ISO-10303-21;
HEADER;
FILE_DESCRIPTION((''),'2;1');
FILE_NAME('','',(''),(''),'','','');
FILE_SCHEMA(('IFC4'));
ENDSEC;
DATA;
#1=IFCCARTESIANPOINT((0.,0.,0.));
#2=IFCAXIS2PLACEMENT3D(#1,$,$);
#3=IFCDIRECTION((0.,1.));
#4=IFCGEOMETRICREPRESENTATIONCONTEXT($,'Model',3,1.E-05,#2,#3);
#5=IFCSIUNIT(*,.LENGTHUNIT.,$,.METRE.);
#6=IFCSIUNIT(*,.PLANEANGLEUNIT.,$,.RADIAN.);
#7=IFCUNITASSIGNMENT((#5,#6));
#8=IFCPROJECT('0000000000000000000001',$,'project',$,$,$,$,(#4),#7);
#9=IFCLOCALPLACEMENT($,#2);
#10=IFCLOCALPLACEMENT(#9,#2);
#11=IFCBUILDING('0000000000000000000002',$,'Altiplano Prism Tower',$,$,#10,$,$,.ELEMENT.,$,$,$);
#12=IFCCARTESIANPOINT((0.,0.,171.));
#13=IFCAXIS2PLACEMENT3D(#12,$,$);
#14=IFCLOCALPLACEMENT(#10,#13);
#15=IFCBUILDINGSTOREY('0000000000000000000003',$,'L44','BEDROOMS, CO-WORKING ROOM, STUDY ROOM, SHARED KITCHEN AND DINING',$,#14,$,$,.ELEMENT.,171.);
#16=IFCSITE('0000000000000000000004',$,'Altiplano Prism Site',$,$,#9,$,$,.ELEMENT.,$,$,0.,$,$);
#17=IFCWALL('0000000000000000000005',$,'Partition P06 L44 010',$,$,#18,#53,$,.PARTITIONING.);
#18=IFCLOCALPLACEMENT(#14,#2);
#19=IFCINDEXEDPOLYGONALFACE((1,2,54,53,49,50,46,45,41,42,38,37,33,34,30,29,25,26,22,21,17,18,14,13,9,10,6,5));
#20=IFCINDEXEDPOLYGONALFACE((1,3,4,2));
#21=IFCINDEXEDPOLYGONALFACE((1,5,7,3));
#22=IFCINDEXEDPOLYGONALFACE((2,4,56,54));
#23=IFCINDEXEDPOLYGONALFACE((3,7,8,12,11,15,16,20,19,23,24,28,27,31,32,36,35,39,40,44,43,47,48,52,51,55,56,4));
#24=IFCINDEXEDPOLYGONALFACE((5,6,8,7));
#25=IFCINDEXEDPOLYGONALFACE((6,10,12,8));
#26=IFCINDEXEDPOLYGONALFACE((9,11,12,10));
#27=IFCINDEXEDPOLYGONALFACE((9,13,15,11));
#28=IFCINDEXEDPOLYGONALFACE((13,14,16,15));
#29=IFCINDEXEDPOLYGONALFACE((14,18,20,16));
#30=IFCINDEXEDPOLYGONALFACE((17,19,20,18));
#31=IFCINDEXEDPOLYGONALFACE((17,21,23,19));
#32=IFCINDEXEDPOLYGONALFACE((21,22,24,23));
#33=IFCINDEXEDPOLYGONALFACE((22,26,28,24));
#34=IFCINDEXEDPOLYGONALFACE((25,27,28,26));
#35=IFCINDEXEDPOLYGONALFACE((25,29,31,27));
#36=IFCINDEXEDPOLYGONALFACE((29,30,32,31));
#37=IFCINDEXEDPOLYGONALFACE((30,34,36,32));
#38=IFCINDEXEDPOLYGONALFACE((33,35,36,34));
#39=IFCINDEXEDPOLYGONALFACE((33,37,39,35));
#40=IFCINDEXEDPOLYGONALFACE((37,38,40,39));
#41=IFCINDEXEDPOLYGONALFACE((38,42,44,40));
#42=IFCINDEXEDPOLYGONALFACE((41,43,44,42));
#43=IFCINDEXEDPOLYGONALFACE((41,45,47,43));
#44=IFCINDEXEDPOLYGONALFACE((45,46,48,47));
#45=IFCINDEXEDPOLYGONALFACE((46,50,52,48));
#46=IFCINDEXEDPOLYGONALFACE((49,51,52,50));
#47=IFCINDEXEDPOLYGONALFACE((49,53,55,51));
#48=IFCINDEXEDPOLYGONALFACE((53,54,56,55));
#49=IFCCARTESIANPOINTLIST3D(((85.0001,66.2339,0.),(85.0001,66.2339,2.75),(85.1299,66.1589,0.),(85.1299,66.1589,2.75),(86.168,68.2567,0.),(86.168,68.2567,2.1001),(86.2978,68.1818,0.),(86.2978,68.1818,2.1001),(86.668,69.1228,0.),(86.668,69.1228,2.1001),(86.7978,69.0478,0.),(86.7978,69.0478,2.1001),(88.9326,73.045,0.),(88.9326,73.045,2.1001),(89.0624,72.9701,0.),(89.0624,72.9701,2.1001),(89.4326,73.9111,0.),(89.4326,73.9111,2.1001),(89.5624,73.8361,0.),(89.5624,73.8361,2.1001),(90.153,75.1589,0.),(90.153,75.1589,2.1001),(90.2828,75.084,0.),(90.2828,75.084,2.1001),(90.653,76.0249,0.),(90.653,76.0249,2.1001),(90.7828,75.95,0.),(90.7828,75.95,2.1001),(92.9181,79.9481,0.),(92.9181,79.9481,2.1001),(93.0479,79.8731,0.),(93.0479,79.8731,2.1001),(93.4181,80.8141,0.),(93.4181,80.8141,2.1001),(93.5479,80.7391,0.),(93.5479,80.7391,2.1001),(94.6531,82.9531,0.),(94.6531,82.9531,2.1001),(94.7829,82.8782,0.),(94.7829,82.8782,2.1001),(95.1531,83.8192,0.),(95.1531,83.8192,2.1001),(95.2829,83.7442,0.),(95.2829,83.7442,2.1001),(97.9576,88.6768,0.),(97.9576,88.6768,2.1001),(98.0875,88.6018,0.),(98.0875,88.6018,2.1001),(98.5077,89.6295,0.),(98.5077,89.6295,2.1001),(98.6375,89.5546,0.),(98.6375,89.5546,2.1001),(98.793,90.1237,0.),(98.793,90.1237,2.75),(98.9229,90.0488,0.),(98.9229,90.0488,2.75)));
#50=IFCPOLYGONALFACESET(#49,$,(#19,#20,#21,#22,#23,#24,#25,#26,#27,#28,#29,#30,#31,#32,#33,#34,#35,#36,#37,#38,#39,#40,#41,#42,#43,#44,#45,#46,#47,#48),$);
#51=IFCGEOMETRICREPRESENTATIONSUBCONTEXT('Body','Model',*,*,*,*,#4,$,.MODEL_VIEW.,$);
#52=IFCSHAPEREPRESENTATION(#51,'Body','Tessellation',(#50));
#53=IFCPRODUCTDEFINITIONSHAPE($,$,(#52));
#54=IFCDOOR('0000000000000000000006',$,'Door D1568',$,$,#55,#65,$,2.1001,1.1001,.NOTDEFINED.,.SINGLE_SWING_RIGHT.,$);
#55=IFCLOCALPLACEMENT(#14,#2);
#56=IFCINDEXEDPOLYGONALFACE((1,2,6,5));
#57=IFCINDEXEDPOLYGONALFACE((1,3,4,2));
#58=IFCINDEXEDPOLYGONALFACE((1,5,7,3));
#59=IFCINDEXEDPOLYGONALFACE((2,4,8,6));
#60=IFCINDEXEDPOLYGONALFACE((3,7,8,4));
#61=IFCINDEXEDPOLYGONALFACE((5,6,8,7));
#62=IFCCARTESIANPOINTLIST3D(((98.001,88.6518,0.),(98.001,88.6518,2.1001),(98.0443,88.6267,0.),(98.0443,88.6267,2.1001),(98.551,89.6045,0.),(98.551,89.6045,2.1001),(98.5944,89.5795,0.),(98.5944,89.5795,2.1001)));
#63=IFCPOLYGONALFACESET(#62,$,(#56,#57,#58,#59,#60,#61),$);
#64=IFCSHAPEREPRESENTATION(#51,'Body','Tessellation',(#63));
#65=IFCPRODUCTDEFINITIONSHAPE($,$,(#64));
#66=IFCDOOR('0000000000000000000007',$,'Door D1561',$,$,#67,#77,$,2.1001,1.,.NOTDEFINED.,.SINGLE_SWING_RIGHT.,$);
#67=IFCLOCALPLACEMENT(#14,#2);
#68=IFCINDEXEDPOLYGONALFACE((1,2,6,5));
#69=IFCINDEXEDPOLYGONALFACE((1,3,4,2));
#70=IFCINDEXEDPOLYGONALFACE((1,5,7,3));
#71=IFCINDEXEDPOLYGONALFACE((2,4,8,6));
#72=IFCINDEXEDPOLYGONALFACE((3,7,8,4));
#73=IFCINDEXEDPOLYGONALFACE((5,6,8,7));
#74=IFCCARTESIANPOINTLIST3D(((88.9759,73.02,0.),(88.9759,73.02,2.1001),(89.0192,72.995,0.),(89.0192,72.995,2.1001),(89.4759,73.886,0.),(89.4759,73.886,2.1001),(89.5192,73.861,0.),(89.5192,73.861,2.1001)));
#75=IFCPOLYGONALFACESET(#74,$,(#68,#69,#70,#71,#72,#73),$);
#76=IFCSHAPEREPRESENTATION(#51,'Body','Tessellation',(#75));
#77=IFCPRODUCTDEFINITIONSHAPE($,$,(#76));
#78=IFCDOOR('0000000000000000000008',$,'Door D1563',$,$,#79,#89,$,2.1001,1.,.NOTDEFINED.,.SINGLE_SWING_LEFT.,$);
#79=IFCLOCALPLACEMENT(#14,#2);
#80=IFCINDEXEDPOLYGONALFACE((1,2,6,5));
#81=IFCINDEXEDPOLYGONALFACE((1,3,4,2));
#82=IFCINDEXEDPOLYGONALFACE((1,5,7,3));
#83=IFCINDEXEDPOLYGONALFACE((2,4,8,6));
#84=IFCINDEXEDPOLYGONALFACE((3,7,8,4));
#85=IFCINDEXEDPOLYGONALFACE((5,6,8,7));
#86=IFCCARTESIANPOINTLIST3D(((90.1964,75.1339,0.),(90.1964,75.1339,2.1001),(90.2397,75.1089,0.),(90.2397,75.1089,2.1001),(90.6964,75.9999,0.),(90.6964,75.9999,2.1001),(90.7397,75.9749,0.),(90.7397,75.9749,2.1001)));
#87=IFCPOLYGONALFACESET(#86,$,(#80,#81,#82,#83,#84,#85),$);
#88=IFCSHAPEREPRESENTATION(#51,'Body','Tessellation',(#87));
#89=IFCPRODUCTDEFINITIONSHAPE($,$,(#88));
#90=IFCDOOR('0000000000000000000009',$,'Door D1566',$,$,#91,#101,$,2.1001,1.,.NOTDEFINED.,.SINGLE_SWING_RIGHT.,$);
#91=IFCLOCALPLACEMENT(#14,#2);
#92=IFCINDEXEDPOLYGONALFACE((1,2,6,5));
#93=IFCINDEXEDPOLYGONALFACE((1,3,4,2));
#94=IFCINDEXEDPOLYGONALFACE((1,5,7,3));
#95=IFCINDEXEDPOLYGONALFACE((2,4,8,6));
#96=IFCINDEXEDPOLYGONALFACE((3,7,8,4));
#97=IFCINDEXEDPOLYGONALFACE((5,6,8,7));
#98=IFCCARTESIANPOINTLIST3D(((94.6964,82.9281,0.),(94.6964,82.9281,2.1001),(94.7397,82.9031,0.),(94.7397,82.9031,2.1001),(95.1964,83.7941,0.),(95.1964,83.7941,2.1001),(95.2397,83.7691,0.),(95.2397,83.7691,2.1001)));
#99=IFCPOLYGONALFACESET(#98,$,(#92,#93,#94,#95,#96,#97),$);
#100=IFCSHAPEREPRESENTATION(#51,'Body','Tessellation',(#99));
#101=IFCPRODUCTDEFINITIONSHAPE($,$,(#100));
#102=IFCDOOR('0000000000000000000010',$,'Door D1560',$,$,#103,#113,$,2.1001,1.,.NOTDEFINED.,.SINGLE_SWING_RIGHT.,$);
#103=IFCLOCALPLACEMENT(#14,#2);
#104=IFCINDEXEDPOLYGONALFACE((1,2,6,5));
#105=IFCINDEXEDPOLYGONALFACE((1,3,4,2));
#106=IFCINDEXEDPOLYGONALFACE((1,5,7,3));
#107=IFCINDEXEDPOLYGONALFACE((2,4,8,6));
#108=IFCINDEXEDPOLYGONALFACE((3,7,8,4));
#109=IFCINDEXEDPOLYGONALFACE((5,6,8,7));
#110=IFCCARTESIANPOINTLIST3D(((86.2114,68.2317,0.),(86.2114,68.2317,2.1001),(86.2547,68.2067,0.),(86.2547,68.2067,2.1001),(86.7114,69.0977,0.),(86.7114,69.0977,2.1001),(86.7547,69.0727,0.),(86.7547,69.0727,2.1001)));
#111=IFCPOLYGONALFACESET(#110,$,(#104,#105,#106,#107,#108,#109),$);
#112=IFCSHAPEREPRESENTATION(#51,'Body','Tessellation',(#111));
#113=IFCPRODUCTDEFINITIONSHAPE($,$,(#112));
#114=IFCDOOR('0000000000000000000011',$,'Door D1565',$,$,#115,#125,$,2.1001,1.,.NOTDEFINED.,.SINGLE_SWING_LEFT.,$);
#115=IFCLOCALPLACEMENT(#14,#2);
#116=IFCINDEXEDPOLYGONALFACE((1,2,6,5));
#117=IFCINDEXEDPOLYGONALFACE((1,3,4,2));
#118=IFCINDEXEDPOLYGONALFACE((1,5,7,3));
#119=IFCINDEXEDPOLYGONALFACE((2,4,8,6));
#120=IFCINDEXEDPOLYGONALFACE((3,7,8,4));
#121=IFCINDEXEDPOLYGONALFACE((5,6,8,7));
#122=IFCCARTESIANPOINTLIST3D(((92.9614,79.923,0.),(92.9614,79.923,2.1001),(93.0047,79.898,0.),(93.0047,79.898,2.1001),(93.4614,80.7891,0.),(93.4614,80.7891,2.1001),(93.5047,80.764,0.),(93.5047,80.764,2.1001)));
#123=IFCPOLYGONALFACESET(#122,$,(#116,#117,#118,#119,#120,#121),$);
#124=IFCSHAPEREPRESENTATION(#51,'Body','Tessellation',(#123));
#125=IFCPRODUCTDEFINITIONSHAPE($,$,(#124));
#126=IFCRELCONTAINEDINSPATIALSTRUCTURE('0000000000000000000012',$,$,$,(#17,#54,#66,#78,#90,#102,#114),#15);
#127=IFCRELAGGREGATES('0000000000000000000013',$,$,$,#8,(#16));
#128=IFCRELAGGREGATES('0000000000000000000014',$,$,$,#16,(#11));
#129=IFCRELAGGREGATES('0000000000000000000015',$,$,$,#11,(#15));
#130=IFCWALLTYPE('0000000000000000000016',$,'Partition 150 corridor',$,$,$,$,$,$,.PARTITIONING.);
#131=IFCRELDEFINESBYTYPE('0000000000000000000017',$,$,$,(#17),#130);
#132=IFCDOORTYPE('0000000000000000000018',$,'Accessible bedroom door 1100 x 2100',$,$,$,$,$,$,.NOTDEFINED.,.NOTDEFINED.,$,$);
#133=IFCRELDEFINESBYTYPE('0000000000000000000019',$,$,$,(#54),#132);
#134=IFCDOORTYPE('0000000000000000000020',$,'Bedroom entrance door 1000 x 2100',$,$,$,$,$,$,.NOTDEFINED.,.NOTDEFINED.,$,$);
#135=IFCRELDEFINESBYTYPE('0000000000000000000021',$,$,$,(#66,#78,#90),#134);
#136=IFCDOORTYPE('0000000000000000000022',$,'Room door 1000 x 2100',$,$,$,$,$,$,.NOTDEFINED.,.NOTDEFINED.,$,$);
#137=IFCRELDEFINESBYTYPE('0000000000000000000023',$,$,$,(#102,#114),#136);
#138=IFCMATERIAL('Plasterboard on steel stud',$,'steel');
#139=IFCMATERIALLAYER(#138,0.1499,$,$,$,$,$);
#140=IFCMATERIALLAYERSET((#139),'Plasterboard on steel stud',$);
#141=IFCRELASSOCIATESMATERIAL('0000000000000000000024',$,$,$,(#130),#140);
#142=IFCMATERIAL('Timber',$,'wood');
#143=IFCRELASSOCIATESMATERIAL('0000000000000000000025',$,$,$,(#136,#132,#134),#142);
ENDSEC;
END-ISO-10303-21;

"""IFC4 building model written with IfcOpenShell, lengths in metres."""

from ifc_helpers import new_model, si_unit, direction, frame, frame_2d, origin, place, context, subcontext, project, spatial, rectangle, extrude, material, layer, layer_set, type_object, element, fill, save


model = new_model("IFC4")

# Units and contexts
model_context = context("Model", 3, precision=1e-05, world=origin(), true_north=direction((0.0, 1.0)))
body_context = subcontext(model_context, "Body", "Model", "MODEL_VIEW")
ifc_project = project(units=[si_unit("LENGTHUNIT", "METRE"), si_unit("PLANEANGLEUNIT", "RADIAN")], contexts=[model_context])

# Site, building, storey
site_placement = place(None, origin())
site = spatial("IfcSite", under=ifc_project, at=site_placement, Name="Altiplano Prism Site", CompositionType="ELEMENT", RefElevation=0.0)
building_placement = place(site_placement, origin())
building = spatial("IfcBuilding", under=site, at=building_placement, Name="Altiplano Prism Tower", CompositionType="ELEMENT")
storey_placement = place(building_placement, frame((0.0, 0.0, 171.0)))
storey = spatial("IfcBuildingStorey", under=building, at=storey_placement, Name="L44", Description="BEDROOMS, CO-WORKING ROOM, STUDY ROOM, SHARED KITCHEN AND DINING", CompositionType="ELEMENT", Elevation=171.0)

# Shared definitions
ifc_material_1 = material(Name="Plasterboard on steel stud", Category="steel")

# Wall, openings, doors
ifc_layer_1 = layer(ifc_material_1, 0.1499)
ifc_layer_set_1 = layer_set([ifc_layer_1], Name="Plasterboard on steel stud")
wall_type_1 = type_object("IfcWallType", Name="Partition 150 corridor", PredefinedType="PARTITIONING", material=ifc_layer_set_1)
ifc_material_2 = material(Name="Timber", Category="wood")
door_type_1 = type_object("IfcDoorType", Name="Room door 1000 x 2100", OperationType="NOTDEFINED", PredefinedType="NOTDEFINED", material=ifc_material_2)
wall_1_placement = place(storey_placement, frame((85.0649, 66.1963, 0.0), z_axis=(0.0, 0.0, 1.0), x_axis=(0.500004, 0.866023, 0.0)))
wall_1 = element("IfcWall", 1, at=wall_1_placement, inside=storey, type_object=wall_type_1, Name="Partition P06 L44 010", PredefinedType="PARTITIONING", context=body_context, shape_type="SweptSolid", body=[
    extrude(rectangle(XDim=27.5857, YDim=0.1499, at=frame_2d((13.793, 0.0))), origin(), (0.0, 0.0, 1.0), 2.75),
])
opening_1_placement = place(wall_1_placement, frame((2.3359, 0.0, 0.0)))
opening_1 = element("IfcOpeningElement", 2, at=opening_1_placement, cuts=wall_1, PredefinedType="OPENING", context=body_context, shape_type="SweptSolid", body=[
    extrude(rectangle(XDim=1.0, YDim=2.1001, at=frame_2d((0.5, 1.05))), frame((0.0, 0.0854, 0.0), z_axis=(0.0, -1.0, 0.0), x_axis=(1.0, 0.0, 0.0)), (0.0, 0.0, 1.0), 0.1709),
])
opening_2_placement = place(wall_1_placement, frame((7.865, 0.0, 0.0)))
opening_2 = element("IfcOpeningElement", 3, at=opening_2_placement, cuts=wall_1, PredefinedType="OPENING", context=body_context, shape_type="SweptSolid", body=[
    extrude(rectangle(XDim=1.0, YDim=2.1001, at=frame_2d((0.5, 1.05))), frame((0.0, 0.0854, 0.0), z_axis=(0.0, -1.0, 0.0), x_axis=(1.0, 0.0, 0.0)), (0.0, 0.0, 1.0), 0.1709),
])
opening_3_placement = place(wall_1_placement, frame((10.3059, 0.0, 0.0)))
opening_3 = element("IfcOpeningElement", 4, at=opening_3_placement, cuts=wall_1, PredefinedType="OPENING", context=body_context, shape_type="SweptSolid", body=[
    extrude(rectangle(XDim=1.0, YDim=2.1001, at=frame_2d((0.5, 1.05))), frame((0.0, 0.0854, 0.0), z_axis=(0.0, -1.0, 0.0), x_axis=(1.0, 0.0, 0.0)), (0.0, 0.0, 1.0), 0.1709),
])
opening_4_placement = place(wall_1_placement, frame((15.8359, 0.0, 0.0)))
opening_4 = element("IfcOpeningElement", 5, at=opening_4_placement, cuts=wall_1, PredefinedType="OPENING", context=body_context, shape_type="SweptSolid", body=[
    extrude(rectangle(XDim=1.0, YDim=2.1001, at=frame_2d((0.5, 1.05))), frame((0.0, 0.0854, 0.0), z_axis=(0.0, -1.0, 0.0), x_axis=(1.0, 0.0, 0.0)), (0.0, 0.0, 1.0), 0.1709),
])
opening_5_placement = place(wall_1_placement, frame((19.3059, 0.0, 0.0)))
opening_5 = element("IfcOpeningElement", 6, at=opening_5_placement, cuts=wall_1, PredefinedType="OPENING", context=body_context, shape_type="SweptSolid", body=[
    extrude(rectangle(XDim=1.0, YDim=2.1001, at=frame_2d((0.5, 1.05))), frame((0.0, 0.0854, 0.0), z_axis=(0.0, -1.0, 0.0), x_axis=(1.0, 0.0, 0.0)), (0.0, 0.0, 1.0), 0.1709),
])
opening_6_placement = place(wall_1_placement, frame((25.915, 0.0, 0.0)))
opening_6 = element("IfcOpeningElement", 7, at=opening_6_placement, cuts=wall_1, PredefinedType="OPENING", context=body_context, shape_type="SweptSolid", body=[
    extrude(rectangle(XDim=1.1001, YDim=2.1001, at=frame_2d((0.55, 1.05))), frame((0.0, 0.0854, 0.0), z_axis=(0.0, -1.0, 0.0), x_axis=(1.0, 0.0, 0.0)), (0.0, 0.0, 1.0), 0.1709),
])
door_type_2 = type_object("IfcDoorType", Name="Accessible bedroom door 1100 x 2100", OperationType="NOTDEFINED", PredefinedType="NOTDEFINED", material=ifc_material_2)
door_1_placement = place(opening_6_placement, origin())
door_1 = element("IfcDoor", 8, at=door_1_placement, inside=storey, type_object=door_type_2, Name="Door D1568", OperationType="SINGLE_SWING_RIGHT", OverallHeight=2.1001, OverallWidth=1.1001, PredefinedType="NOTDEFINED", context=body_context, shape_type="SweptSolid", body=[
    extrude(rectangle(XDim=1.1001, YDim=2.1001, at=frame_2d((0.55, 1.05))), frame((0.0, 0.0249, 0.0), z_axis=(0.0, -1.0, 0.0), x_axis=(1.0, 0.0, 0.0)), (0.0, 0.0, 1.0), 0.05),
])
fill(opening_6, door_1)
door_type_3 = type_object("IfcDoorType", Name="Bedroom entrance door 1000 x 2100", OperationType="NOTDEFINED", PredefinedType="NOTDEFINED", material=ifc_material_2)
door_2_placement = place(opening_2_placement, origin())
door_2 = element("IfcDoor", 9, at=door_2_placement, inside=storey, type_object=door_type_3, Name="Door D1561", OperationType="SINGLE_SWING_RIGHT", OverallHeight=2.1001, OverallWidth=1.0, PredefinedType="NOTDEFINED", context=body_context, shape_type="SweptSolid", body=[
    extrude(rectangle(XDim=1.0, YDim=2.1001, at=frame_2d((0.5, 1.05))), frame((0.0, 0.0249, 0.0), z_axis=(0.0, -1.0, 0.0), x_axis=(1.0, 0.0, 0.0)), (0.0, 0.0, 1.0), 0.05),
])
fill(opening_2, door_2)
door_3_placement = place(opening_3_placement, origin())
door_3 = element("IfcDoor", 10, at=door_3_placement, inside=storey, type_object=door_type_3, Name="Door D1563", OperationType="SINGLE_SWING_LEFT", OverallHeight=2.1001, OverallWidth=1.0, PredefinedType="NOTDEFINED", context=body_context, shape_type="SweptSolid", body=[
    extrude(rectangle(XDim=1.0, YDim=2.1001, at=frame_2d((0.5, 1.05))), frame((0.0, 0.0249, 0.0), z_axis=(0.0, -1.0, 0.0), x_axis=(1.0, 0.0, 0.0)), (0.0, 0.0, 1.0), 0.05),
])
fill(opening_3, door_3)
door_4_placement = place(opening_5_placement, origin())
door_4 = element("IfcDoor", 11, at=door_4_placement, inside=storey, type_object=door_type_3, Name="Door D1566", OperationType="SINGLE_SWING_RIGHT", OverallHeight=2.1001, OverallWidth=1.0, PredefinedType="NOTDEFINED", context=body_context, shape_type="SweptSolid", body=[
    extrude(rectangle(XDim=1.0, YDim=2.1001, at=frame_2d((0.5, 1.05))), frame((0.0, 0.0249, 0.0), z_axis=(0.0, -1.0, 0.0), x_axis=(1.0, 0.0, 0.0)), (0.0, 0.0, 1.0), 0.05),
])
fill(opening_5, door_4)
door_5_placement = place(opening_1_placement, origin())
door_5 = element("IfcDoor", 12, at=door_5_placement, inside=storey, type_object=door_type_1, Name="Door D1560", OperationType="SINGLE_SWING_RIGHT", OverallHeight=2.1001, OverallWidth=1.0, PredefinedType="NOTDEFINED", context=body_context, shape_type="SweptSolid", body=[
    extrude(rectangle(XDim=1.0, YDim=2.1001, at=frame_2d((0.5, 1.05))), frame((0.0, 0.0249, 0.0), z_axis=(0.0, -1.0, 0.0), x_axis=(1.0, 0.0, 0.0)), (0.0, 0.0, 1.0), 0.05),
])
fill(opening_1, door_5)
door_6_placement = place(opening_4_placement, origin())
door_6 = element("IfcDoor", 13, at=door_6_placement, inside=storey, type_object=door_type_1, Name="Door D1565", OperationType="SINGLE_SWING_LEFT", OverallHeight=2.1001, OverallWidth=1.0, PredefinedType="NOTDEFINED", context=body_context, shape_type="SweptSolid", body=[
    extrude(rectangle(XDim=1.0, YDim=2.1001, at=frame_2d((0.5, 1.05))), frame((0.0, 0.0249, 0.0), z_axis=(0.0, -1.0, 0.0), x_axis=(1.0, 0.0, 0.0)), (0.0, 0.0, 1.0), 0.05),
])
fill(opening_4, door_6)

save(model, "model.ifc")
